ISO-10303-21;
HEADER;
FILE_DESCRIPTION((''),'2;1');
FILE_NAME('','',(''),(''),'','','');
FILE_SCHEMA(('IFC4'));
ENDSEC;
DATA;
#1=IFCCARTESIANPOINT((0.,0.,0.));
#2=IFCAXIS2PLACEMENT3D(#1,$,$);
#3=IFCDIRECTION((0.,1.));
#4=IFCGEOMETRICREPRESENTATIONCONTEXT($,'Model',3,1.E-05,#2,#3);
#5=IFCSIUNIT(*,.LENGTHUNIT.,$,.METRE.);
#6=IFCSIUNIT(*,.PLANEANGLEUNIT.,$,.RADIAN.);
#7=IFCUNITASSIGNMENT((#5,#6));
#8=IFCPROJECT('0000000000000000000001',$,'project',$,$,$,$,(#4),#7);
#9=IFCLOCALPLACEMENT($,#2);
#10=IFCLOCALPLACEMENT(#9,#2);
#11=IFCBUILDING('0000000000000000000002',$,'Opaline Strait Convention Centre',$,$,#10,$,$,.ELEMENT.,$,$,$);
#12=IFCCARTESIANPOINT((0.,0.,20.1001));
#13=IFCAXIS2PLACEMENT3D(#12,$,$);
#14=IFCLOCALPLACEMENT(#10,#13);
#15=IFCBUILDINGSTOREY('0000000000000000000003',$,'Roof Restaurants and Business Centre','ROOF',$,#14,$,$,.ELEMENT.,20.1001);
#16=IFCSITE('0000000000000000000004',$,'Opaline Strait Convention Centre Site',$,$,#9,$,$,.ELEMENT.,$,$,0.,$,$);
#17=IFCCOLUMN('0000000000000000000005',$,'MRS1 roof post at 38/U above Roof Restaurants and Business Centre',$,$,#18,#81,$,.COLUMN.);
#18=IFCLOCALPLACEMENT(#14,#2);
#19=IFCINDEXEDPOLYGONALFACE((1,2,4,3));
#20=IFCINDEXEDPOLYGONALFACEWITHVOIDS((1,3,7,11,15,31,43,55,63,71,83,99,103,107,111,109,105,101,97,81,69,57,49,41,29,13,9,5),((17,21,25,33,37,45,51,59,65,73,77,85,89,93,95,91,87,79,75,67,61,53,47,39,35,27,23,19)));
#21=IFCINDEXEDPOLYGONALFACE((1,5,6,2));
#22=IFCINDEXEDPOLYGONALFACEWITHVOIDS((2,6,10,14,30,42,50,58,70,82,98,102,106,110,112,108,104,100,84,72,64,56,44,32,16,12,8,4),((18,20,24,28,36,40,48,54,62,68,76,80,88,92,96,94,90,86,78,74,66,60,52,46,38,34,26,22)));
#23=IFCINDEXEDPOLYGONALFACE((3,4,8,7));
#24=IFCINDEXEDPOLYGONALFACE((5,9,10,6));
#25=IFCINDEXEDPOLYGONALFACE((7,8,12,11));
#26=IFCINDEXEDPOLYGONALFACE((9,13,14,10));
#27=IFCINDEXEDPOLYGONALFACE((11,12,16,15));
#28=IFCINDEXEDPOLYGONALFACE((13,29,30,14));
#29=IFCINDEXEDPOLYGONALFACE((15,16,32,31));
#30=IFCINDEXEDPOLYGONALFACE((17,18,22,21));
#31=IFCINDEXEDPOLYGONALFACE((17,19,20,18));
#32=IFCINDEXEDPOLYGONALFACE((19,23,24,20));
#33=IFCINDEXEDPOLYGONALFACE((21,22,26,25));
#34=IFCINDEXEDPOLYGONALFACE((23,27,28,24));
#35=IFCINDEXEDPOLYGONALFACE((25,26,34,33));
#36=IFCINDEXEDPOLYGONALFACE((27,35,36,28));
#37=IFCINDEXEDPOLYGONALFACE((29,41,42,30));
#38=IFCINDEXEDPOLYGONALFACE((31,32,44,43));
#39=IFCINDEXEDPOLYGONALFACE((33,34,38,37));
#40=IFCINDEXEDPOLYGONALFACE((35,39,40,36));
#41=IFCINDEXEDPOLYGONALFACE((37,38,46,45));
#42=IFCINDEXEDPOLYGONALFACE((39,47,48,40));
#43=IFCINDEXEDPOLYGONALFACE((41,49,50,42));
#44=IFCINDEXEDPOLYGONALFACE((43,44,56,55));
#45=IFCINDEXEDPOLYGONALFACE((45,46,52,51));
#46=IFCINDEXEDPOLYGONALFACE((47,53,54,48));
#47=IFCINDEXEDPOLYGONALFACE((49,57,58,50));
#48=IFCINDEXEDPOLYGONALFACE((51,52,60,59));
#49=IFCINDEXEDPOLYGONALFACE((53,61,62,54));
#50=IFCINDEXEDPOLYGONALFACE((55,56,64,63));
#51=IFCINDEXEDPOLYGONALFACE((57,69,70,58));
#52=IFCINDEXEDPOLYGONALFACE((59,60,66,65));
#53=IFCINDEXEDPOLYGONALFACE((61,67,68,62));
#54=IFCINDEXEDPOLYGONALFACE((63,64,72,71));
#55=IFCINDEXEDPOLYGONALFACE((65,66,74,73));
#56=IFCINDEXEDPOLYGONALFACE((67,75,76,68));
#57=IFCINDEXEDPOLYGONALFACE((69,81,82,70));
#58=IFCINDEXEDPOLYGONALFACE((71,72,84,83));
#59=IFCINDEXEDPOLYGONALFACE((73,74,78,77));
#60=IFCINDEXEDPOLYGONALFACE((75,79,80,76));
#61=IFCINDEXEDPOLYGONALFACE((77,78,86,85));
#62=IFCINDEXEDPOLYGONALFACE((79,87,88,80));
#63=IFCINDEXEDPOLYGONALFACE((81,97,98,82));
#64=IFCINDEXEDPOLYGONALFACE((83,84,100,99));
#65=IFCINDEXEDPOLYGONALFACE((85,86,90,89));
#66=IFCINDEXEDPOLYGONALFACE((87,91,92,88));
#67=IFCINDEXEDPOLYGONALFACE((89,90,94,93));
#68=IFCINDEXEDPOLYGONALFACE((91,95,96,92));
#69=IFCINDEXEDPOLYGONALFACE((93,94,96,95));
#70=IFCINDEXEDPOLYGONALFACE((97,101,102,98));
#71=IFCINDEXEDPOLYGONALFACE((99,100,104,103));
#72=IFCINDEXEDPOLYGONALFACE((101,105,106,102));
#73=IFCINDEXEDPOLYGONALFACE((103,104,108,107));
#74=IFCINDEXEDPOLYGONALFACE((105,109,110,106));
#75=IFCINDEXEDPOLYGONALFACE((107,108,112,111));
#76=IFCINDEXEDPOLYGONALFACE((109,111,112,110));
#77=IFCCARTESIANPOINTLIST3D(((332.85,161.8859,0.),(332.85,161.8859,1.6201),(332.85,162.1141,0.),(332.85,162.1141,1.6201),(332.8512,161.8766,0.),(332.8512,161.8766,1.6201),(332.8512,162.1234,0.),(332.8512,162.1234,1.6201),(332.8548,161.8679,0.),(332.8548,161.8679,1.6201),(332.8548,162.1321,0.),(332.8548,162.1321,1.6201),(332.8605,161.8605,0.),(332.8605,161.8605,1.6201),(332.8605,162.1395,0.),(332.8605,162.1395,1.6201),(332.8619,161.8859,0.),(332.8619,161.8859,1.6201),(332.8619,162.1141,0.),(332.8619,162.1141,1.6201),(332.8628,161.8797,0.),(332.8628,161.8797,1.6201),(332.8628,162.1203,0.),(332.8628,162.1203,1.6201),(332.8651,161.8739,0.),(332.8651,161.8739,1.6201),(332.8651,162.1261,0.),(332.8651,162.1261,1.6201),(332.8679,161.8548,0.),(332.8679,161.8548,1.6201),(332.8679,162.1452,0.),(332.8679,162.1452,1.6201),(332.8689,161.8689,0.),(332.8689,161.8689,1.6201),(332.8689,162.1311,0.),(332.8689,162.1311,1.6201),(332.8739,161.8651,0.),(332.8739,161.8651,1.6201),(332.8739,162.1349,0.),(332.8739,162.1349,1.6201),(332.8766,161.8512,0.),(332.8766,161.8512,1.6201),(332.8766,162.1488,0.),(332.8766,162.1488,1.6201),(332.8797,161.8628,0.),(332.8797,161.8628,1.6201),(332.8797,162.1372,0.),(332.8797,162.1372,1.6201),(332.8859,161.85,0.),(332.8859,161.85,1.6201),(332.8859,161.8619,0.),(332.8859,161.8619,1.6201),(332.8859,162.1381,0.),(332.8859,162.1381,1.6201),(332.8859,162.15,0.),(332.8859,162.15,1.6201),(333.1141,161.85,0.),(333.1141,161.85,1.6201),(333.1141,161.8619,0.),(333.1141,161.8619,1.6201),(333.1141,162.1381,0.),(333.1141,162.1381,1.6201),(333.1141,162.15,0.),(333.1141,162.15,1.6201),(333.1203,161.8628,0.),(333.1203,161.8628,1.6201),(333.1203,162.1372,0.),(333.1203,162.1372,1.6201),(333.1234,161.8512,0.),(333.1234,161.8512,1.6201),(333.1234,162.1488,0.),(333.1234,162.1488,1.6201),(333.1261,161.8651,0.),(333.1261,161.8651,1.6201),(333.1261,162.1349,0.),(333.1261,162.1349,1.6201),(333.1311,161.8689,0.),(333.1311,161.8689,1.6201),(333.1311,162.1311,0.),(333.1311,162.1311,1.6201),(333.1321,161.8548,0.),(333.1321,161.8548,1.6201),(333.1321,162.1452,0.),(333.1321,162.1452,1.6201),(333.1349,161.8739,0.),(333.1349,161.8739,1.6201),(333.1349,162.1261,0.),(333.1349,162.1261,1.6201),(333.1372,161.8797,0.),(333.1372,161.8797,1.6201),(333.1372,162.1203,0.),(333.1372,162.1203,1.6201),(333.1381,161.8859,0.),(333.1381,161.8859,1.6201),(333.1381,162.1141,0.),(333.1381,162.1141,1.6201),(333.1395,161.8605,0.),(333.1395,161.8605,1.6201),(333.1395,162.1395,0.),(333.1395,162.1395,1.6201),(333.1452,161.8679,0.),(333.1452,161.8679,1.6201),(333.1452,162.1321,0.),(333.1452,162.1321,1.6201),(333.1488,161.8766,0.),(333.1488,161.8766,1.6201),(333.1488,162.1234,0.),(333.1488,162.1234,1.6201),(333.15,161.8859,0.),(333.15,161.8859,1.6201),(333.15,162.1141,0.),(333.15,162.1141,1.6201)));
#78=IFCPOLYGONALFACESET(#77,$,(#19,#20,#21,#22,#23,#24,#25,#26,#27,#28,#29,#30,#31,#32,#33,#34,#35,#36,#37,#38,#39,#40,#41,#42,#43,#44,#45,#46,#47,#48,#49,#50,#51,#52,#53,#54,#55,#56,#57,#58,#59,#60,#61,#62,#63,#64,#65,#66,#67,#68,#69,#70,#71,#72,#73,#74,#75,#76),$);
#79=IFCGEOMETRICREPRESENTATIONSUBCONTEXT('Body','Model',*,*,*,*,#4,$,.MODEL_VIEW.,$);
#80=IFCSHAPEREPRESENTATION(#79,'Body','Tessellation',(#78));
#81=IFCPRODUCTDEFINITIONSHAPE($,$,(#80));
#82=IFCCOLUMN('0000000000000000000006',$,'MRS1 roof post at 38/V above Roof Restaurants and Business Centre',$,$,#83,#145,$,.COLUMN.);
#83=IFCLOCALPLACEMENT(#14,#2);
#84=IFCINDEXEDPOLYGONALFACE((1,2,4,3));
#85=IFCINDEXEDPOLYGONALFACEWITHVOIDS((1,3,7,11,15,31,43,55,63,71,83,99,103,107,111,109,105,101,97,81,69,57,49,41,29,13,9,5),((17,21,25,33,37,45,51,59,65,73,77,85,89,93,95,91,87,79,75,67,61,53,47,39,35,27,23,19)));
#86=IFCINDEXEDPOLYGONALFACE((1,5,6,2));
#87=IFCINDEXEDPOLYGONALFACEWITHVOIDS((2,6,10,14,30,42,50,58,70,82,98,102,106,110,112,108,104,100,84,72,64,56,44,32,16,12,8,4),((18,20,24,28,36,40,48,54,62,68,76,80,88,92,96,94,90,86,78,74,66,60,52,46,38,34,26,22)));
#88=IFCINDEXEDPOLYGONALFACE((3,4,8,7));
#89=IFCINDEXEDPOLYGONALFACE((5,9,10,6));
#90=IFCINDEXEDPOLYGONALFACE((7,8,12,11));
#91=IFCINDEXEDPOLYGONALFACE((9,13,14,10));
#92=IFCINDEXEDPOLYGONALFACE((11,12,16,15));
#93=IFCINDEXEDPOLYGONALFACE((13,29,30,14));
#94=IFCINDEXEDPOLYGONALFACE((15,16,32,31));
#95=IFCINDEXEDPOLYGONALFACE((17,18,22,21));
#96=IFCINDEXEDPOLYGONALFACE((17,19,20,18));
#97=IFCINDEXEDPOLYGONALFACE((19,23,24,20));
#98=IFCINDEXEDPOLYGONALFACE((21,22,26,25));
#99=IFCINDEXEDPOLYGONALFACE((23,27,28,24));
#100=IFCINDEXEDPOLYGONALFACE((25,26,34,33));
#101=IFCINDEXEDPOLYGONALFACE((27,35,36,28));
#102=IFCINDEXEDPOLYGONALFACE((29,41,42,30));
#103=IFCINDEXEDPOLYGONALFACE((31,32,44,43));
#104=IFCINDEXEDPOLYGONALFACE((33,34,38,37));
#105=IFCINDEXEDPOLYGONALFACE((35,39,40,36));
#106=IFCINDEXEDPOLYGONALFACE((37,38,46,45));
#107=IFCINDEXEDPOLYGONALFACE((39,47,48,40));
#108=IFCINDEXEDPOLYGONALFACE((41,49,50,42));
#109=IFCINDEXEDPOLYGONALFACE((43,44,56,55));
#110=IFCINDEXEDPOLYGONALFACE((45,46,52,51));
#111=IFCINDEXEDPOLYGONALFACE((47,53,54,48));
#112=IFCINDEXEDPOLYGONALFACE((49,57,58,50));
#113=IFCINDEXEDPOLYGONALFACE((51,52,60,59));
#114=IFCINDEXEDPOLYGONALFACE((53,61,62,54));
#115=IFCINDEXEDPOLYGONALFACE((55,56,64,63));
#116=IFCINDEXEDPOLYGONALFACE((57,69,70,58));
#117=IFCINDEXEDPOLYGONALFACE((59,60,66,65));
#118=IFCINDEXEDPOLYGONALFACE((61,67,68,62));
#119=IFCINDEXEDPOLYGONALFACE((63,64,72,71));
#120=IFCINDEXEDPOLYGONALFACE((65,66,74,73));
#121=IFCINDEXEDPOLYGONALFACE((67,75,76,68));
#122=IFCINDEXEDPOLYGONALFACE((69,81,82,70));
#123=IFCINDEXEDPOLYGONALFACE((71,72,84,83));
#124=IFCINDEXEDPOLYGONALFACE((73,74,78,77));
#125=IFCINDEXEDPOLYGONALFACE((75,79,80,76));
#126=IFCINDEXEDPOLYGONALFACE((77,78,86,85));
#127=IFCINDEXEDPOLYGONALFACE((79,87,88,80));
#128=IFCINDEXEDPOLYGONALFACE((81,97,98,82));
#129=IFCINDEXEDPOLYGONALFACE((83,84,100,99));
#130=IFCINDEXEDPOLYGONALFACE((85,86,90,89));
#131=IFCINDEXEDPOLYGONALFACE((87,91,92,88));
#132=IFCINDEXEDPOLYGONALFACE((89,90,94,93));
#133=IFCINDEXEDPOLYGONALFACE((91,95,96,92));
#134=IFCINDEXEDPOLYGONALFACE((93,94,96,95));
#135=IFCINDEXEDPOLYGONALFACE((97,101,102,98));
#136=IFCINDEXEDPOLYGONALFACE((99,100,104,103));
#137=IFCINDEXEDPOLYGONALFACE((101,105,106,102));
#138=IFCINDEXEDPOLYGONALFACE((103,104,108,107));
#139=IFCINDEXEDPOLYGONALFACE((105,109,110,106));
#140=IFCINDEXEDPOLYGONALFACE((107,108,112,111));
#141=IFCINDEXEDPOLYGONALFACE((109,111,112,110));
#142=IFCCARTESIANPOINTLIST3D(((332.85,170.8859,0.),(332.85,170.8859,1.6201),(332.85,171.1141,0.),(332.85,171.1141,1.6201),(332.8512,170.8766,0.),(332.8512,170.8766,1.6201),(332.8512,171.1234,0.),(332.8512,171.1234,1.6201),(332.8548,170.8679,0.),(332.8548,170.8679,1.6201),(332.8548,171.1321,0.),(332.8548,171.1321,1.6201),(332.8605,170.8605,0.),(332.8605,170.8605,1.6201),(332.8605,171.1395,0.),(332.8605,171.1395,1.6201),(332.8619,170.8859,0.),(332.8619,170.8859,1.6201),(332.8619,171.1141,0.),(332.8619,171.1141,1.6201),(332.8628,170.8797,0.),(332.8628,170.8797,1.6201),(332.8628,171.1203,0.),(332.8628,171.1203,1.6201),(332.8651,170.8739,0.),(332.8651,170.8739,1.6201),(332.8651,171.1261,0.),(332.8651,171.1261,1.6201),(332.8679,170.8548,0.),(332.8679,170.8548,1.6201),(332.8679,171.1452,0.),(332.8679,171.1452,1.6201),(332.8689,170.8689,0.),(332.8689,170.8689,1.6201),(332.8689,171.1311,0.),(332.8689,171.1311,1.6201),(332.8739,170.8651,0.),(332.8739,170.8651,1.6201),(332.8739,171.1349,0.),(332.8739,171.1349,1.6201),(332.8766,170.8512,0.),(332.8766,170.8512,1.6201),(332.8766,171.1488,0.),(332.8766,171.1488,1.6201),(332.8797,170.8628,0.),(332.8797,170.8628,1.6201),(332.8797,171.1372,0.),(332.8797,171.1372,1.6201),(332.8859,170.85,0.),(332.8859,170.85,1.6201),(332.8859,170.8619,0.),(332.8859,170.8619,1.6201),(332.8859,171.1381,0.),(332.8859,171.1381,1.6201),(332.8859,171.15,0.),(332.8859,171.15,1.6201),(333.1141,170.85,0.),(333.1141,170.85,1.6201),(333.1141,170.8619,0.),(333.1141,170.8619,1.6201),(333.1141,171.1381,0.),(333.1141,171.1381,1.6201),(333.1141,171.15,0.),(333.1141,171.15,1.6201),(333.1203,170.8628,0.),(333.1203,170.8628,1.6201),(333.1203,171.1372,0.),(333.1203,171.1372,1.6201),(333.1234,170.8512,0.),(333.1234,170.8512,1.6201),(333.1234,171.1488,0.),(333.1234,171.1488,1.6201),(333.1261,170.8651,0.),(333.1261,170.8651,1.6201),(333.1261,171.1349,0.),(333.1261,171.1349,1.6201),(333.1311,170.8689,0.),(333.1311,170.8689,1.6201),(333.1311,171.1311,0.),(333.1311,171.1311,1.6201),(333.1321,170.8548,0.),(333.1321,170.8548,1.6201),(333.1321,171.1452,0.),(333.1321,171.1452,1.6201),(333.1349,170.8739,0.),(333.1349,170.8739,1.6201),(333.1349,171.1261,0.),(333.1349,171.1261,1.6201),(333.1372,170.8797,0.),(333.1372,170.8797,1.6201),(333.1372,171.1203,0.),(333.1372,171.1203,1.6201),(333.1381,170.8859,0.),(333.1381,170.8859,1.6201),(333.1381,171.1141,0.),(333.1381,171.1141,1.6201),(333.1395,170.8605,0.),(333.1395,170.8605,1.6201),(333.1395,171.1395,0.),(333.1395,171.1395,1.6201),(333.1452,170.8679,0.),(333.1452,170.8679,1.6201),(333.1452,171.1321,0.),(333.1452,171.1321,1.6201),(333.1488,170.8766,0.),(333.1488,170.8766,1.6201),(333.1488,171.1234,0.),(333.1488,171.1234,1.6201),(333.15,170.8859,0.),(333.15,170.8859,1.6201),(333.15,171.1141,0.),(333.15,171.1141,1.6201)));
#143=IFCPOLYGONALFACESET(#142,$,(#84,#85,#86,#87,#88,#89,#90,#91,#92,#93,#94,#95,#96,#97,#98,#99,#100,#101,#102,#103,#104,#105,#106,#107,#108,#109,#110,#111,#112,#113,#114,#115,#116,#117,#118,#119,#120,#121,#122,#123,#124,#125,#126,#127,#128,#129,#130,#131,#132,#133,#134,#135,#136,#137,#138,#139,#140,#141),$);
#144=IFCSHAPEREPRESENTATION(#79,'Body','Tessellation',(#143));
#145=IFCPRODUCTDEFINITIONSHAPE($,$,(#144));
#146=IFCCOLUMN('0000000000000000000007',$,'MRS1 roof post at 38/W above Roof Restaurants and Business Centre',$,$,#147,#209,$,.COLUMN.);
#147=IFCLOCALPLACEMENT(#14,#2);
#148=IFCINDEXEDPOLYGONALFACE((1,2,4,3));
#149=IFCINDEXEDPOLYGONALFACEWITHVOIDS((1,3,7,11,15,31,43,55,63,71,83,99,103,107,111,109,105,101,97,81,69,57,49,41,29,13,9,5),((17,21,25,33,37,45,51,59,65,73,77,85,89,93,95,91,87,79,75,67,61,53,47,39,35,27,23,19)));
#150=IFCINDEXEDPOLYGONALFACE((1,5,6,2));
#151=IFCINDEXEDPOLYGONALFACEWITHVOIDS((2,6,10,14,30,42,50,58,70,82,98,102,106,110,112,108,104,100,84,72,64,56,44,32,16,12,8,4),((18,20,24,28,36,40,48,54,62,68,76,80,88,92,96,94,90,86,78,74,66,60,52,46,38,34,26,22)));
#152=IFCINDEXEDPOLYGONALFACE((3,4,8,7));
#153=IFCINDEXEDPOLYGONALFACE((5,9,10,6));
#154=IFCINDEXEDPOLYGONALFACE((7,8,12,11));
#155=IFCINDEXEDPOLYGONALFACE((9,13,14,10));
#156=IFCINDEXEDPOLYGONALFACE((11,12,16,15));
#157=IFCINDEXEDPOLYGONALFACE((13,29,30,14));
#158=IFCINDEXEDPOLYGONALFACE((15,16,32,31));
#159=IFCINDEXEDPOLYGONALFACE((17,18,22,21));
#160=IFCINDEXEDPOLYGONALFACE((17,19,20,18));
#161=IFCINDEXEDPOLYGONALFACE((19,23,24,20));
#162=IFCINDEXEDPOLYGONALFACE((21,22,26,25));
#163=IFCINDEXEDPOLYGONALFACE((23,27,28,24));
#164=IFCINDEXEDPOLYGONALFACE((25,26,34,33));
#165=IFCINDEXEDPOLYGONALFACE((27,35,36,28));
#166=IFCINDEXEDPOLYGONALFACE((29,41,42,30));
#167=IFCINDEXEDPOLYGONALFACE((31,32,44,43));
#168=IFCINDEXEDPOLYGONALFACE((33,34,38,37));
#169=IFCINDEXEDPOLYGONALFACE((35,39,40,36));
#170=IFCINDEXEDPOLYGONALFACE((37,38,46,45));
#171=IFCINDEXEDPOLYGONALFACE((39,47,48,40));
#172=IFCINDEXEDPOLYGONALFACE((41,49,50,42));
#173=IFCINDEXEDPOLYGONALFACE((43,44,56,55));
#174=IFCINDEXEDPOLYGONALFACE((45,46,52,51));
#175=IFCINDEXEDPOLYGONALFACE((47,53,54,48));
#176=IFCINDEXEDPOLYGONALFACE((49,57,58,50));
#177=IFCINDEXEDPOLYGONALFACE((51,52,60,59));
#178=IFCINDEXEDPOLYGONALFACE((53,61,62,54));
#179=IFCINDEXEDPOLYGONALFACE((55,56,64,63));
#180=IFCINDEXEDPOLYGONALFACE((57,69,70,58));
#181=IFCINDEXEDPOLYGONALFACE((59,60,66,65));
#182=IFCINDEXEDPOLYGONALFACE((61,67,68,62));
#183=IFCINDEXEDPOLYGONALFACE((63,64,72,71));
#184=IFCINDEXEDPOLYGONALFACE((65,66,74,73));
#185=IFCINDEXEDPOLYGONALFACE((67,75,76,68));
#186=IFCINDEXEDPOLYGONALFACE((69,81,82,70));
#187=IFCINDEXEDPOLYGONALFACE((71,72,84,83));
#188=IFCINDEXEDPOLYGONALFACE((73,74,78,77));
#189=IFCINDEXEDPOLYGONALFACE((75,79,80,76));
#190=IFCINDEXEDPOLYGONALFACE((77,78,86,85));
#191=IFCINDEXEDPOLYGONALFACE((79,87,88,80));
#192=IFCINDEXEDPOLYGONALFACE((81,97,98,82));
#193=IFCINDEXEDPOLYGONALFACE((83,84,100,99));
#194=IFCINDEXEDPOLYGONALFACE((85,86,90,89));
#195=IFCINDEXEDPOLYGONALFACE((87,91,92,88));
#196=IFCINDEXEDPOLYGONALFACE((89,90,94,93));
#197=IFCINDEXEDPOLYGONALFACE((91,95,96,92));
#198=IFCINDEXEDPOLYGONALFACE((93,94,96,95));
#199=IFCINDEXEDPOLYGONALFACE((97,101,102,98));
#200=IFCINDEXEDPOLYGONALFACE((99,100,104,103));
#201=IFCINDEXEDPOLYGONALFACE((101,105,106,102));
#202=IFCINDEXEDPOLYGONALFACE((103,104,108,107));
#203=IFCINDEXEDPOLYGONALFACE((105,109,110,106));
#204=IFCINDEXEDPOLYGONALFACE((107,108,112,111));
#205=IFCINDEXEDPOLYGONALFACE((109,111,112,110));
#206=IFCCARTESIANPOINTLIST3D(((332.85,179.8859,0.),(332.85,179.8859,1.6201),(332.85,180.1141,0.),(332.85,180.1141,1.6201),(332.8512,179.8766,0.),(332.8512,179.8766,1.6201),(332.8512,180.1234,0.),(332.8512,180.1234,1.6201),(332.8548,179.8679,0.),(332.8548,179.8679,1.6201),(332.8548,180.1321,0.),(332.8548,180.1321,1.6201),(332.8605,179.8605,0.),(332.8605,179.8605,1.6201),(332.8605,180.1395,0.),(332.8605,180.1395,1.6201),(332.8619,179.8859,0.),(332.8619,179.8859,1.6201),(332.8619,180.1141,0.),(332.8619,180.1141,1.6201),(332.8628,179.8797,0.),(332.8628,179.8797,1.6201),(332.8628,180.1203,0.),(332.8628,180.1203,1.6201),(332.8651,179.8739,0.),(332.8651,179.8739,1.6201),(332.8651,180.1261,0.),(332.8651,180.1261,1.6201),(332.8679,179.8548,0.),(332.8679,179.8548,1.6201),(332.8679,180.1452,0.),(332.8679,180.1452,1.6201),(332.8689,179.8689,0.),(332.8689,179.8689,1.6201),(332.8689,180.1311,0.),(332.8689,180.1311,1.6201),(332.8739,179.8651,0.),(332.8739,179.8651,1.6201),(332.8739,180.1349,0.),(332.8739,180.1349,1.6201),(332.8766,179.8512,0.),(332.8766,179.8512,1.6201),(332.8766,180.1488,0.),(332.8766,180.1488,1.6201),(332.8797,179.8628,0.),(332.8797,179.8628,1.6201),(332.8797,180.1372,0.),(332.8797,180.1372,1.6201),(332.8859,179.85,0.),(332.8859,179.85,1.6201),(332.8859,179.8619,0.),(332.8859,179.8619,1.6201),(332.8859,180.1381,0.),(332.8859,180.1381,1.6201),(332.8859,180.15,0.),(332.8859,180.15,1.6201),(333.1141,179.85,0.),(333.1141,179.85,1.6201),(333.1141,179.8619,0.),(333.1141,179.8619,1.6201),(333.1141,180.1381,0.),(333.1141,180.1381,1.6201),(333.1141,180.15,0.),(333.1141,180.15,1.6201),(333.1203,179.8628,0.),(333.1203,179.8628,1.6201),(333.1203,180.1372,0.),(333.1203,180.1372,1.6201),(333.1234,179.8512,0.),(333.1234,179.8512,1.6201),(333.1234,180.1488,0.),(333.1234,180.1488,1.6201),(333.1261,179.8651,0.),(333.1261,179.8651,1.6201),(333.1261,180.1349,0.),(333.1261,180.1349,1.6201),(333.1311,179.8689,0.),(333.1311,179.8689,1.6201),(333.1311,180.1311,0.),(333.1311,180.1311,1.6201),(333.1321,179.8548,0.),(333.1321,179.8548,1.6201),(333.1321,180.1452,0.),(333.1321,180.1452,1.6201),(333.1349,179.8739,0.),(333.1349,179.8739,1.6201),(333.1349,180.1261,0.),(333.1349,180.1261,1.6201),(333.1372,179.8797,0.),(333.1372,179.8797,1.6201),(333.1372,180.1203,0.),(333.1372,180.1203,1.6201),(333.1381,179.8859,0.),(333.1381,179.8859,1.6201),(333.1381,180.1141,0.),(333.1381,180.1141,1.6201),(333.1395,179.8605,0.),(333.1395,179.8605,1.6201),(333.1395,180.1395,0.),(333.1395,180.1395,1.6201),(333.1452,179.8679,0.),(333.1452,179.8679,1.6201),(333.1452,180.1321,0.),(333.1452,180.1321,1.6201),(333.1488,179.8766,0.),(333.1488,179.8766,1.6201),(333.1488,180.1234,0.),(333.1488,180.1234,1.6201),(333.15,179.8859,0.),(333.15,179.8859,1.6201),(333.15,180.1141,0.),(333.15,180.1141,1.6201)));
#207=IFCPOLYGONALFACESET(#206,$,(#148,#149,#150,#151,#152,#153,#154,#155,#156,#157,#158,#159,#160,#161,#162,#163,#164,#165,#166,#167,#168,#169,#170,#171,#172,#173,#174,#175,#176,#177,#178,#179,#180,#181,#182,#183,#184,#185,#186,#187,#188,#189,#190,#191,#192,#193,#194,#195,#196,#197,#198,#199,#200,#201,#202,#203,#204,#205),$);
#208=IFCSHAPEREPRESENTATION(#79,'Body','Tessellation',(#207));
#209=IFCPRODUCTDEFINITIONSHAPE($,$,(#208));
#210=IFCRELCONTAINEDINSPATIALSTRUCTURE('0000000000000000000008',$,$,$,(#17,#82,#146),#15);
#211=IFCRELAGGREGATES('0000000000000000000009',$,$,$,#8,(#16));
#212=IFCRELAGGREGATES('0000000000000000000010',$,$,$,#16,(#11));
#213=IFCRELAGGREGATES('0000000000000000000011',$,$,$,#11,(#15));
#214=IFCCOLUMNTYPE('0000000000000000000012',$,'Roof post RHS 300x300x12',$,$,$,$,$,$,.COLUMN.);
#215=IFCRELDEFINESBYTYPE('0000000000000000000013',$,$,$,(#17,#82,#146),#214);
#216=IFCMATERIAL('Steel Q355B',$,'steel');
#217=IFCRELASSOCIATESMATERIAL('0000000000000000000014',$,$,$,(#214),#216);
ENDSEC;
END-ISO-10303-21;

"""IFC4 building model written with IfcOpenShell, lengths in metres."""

from ifc_helpers import new_model, si_unit, direction, frame, origin, origin_2d, place, context, subcontext, project, spatial, hollow_rectangle, extrude, material, material_profile, profile_set, type_object, element, save


model = new_model("IFC4")

# Units and contexts
model_context = context("Model", 3, precision=1e-05, world=origin(), true_north=direction((0.0, 1.0)))
body_context = subcontext(model_context, "Body", "Model", "MODEL_VIEW")
ifc_project = project(units=[si_unit("LENGTHUNIT", "METRE"), si_unit("PLANEANGLEUNIT", "RADIAN")], contexts=[model_context])

# Site, building, storey
site_placement = place(None, origin())
site = spatial("IfcSite", under=ifc_project, at=site_placement, Name="Opaline Strait Convention Centre Site", CompositionType="ELEMENT", RefElevation=0.0)
building_placement = place(site_placement, origin())
building = spatial("IfcBuilding", under=site, at=building_placement, Name="Opaline Strait Convention Centre", CompositionType="ELEMENT")
storey_placement = place(building_placement, frame((0.0, 0.0, 20.1001)))
storey = spatial("IfcBuildingStorey", under=building, at=storey_placement, Name="Roof Restaurants and Business Centre", Description="ROOF", CompositionType="ELEMENT", Elevation=20.1001)

# Columns
ifc_material = material(Name="Steel Q355B", Category="steel")
ifc_material_profile = material_profile(ifc_material, hollow_rectangle(XDim=0.3, YDim=0.3, WallThickness=0.012, InnerFilletRadius=0.0239, OuterFilletRadius=0.0359, at=origin_2d()), Name="RHS 300x300x12")
ifc_profile_set = profile_set([ifc_material_profile], Name="Steel Q355B")
column_type = type_object("IfcColumnType", Name="Roof post RHS 300x300x12", PredefinedType="COLUMN", material=ifc_profile_set)
for number, where, z_axis, x_axis, name in (
    (1, (333.0, 162.0, 0.0), (0.0, 0.0, 1.0), (1.0, 0.0, 0.0), "MRS1 roof post at 38/U above Roof Restaurants and Business Centre"),
    (2, (333.0, 171.0, 0.0), (0.0, 0.0, 1.0), (1.0, 0.0, 0.0), "MRS1 roof post at 38/V above Roof Restaurants and Business Centre"),
    (3, (333.0, 180.0, 0.0), (0.0, 0.0, 1.0), (1.0, 0.0, 0.0), "MRS1 roof post at 38/W above Roof Restaurants and Business Centre"),
):
    element("IfcColumn", number, at=place(storey_placement, frame(where, z_axis=z_axis, x_axis=x_axis)), inside=storey, type_object=column_type, Name=name, PredefinedType="COLUMN", context=body_context, shape_type="SweptSolid", body=[
        extrude(hollow_rectangle(XDim=0.3, YDim=0.3, WallThickness=0.012, InnerFilletRadius=0.0239, OuterFilletRadius=0.0359, at=origin_2d()), origin(), (0.0, 0.0, 1.0), 1.6201),
    ])

save(model, "model.ifc")
